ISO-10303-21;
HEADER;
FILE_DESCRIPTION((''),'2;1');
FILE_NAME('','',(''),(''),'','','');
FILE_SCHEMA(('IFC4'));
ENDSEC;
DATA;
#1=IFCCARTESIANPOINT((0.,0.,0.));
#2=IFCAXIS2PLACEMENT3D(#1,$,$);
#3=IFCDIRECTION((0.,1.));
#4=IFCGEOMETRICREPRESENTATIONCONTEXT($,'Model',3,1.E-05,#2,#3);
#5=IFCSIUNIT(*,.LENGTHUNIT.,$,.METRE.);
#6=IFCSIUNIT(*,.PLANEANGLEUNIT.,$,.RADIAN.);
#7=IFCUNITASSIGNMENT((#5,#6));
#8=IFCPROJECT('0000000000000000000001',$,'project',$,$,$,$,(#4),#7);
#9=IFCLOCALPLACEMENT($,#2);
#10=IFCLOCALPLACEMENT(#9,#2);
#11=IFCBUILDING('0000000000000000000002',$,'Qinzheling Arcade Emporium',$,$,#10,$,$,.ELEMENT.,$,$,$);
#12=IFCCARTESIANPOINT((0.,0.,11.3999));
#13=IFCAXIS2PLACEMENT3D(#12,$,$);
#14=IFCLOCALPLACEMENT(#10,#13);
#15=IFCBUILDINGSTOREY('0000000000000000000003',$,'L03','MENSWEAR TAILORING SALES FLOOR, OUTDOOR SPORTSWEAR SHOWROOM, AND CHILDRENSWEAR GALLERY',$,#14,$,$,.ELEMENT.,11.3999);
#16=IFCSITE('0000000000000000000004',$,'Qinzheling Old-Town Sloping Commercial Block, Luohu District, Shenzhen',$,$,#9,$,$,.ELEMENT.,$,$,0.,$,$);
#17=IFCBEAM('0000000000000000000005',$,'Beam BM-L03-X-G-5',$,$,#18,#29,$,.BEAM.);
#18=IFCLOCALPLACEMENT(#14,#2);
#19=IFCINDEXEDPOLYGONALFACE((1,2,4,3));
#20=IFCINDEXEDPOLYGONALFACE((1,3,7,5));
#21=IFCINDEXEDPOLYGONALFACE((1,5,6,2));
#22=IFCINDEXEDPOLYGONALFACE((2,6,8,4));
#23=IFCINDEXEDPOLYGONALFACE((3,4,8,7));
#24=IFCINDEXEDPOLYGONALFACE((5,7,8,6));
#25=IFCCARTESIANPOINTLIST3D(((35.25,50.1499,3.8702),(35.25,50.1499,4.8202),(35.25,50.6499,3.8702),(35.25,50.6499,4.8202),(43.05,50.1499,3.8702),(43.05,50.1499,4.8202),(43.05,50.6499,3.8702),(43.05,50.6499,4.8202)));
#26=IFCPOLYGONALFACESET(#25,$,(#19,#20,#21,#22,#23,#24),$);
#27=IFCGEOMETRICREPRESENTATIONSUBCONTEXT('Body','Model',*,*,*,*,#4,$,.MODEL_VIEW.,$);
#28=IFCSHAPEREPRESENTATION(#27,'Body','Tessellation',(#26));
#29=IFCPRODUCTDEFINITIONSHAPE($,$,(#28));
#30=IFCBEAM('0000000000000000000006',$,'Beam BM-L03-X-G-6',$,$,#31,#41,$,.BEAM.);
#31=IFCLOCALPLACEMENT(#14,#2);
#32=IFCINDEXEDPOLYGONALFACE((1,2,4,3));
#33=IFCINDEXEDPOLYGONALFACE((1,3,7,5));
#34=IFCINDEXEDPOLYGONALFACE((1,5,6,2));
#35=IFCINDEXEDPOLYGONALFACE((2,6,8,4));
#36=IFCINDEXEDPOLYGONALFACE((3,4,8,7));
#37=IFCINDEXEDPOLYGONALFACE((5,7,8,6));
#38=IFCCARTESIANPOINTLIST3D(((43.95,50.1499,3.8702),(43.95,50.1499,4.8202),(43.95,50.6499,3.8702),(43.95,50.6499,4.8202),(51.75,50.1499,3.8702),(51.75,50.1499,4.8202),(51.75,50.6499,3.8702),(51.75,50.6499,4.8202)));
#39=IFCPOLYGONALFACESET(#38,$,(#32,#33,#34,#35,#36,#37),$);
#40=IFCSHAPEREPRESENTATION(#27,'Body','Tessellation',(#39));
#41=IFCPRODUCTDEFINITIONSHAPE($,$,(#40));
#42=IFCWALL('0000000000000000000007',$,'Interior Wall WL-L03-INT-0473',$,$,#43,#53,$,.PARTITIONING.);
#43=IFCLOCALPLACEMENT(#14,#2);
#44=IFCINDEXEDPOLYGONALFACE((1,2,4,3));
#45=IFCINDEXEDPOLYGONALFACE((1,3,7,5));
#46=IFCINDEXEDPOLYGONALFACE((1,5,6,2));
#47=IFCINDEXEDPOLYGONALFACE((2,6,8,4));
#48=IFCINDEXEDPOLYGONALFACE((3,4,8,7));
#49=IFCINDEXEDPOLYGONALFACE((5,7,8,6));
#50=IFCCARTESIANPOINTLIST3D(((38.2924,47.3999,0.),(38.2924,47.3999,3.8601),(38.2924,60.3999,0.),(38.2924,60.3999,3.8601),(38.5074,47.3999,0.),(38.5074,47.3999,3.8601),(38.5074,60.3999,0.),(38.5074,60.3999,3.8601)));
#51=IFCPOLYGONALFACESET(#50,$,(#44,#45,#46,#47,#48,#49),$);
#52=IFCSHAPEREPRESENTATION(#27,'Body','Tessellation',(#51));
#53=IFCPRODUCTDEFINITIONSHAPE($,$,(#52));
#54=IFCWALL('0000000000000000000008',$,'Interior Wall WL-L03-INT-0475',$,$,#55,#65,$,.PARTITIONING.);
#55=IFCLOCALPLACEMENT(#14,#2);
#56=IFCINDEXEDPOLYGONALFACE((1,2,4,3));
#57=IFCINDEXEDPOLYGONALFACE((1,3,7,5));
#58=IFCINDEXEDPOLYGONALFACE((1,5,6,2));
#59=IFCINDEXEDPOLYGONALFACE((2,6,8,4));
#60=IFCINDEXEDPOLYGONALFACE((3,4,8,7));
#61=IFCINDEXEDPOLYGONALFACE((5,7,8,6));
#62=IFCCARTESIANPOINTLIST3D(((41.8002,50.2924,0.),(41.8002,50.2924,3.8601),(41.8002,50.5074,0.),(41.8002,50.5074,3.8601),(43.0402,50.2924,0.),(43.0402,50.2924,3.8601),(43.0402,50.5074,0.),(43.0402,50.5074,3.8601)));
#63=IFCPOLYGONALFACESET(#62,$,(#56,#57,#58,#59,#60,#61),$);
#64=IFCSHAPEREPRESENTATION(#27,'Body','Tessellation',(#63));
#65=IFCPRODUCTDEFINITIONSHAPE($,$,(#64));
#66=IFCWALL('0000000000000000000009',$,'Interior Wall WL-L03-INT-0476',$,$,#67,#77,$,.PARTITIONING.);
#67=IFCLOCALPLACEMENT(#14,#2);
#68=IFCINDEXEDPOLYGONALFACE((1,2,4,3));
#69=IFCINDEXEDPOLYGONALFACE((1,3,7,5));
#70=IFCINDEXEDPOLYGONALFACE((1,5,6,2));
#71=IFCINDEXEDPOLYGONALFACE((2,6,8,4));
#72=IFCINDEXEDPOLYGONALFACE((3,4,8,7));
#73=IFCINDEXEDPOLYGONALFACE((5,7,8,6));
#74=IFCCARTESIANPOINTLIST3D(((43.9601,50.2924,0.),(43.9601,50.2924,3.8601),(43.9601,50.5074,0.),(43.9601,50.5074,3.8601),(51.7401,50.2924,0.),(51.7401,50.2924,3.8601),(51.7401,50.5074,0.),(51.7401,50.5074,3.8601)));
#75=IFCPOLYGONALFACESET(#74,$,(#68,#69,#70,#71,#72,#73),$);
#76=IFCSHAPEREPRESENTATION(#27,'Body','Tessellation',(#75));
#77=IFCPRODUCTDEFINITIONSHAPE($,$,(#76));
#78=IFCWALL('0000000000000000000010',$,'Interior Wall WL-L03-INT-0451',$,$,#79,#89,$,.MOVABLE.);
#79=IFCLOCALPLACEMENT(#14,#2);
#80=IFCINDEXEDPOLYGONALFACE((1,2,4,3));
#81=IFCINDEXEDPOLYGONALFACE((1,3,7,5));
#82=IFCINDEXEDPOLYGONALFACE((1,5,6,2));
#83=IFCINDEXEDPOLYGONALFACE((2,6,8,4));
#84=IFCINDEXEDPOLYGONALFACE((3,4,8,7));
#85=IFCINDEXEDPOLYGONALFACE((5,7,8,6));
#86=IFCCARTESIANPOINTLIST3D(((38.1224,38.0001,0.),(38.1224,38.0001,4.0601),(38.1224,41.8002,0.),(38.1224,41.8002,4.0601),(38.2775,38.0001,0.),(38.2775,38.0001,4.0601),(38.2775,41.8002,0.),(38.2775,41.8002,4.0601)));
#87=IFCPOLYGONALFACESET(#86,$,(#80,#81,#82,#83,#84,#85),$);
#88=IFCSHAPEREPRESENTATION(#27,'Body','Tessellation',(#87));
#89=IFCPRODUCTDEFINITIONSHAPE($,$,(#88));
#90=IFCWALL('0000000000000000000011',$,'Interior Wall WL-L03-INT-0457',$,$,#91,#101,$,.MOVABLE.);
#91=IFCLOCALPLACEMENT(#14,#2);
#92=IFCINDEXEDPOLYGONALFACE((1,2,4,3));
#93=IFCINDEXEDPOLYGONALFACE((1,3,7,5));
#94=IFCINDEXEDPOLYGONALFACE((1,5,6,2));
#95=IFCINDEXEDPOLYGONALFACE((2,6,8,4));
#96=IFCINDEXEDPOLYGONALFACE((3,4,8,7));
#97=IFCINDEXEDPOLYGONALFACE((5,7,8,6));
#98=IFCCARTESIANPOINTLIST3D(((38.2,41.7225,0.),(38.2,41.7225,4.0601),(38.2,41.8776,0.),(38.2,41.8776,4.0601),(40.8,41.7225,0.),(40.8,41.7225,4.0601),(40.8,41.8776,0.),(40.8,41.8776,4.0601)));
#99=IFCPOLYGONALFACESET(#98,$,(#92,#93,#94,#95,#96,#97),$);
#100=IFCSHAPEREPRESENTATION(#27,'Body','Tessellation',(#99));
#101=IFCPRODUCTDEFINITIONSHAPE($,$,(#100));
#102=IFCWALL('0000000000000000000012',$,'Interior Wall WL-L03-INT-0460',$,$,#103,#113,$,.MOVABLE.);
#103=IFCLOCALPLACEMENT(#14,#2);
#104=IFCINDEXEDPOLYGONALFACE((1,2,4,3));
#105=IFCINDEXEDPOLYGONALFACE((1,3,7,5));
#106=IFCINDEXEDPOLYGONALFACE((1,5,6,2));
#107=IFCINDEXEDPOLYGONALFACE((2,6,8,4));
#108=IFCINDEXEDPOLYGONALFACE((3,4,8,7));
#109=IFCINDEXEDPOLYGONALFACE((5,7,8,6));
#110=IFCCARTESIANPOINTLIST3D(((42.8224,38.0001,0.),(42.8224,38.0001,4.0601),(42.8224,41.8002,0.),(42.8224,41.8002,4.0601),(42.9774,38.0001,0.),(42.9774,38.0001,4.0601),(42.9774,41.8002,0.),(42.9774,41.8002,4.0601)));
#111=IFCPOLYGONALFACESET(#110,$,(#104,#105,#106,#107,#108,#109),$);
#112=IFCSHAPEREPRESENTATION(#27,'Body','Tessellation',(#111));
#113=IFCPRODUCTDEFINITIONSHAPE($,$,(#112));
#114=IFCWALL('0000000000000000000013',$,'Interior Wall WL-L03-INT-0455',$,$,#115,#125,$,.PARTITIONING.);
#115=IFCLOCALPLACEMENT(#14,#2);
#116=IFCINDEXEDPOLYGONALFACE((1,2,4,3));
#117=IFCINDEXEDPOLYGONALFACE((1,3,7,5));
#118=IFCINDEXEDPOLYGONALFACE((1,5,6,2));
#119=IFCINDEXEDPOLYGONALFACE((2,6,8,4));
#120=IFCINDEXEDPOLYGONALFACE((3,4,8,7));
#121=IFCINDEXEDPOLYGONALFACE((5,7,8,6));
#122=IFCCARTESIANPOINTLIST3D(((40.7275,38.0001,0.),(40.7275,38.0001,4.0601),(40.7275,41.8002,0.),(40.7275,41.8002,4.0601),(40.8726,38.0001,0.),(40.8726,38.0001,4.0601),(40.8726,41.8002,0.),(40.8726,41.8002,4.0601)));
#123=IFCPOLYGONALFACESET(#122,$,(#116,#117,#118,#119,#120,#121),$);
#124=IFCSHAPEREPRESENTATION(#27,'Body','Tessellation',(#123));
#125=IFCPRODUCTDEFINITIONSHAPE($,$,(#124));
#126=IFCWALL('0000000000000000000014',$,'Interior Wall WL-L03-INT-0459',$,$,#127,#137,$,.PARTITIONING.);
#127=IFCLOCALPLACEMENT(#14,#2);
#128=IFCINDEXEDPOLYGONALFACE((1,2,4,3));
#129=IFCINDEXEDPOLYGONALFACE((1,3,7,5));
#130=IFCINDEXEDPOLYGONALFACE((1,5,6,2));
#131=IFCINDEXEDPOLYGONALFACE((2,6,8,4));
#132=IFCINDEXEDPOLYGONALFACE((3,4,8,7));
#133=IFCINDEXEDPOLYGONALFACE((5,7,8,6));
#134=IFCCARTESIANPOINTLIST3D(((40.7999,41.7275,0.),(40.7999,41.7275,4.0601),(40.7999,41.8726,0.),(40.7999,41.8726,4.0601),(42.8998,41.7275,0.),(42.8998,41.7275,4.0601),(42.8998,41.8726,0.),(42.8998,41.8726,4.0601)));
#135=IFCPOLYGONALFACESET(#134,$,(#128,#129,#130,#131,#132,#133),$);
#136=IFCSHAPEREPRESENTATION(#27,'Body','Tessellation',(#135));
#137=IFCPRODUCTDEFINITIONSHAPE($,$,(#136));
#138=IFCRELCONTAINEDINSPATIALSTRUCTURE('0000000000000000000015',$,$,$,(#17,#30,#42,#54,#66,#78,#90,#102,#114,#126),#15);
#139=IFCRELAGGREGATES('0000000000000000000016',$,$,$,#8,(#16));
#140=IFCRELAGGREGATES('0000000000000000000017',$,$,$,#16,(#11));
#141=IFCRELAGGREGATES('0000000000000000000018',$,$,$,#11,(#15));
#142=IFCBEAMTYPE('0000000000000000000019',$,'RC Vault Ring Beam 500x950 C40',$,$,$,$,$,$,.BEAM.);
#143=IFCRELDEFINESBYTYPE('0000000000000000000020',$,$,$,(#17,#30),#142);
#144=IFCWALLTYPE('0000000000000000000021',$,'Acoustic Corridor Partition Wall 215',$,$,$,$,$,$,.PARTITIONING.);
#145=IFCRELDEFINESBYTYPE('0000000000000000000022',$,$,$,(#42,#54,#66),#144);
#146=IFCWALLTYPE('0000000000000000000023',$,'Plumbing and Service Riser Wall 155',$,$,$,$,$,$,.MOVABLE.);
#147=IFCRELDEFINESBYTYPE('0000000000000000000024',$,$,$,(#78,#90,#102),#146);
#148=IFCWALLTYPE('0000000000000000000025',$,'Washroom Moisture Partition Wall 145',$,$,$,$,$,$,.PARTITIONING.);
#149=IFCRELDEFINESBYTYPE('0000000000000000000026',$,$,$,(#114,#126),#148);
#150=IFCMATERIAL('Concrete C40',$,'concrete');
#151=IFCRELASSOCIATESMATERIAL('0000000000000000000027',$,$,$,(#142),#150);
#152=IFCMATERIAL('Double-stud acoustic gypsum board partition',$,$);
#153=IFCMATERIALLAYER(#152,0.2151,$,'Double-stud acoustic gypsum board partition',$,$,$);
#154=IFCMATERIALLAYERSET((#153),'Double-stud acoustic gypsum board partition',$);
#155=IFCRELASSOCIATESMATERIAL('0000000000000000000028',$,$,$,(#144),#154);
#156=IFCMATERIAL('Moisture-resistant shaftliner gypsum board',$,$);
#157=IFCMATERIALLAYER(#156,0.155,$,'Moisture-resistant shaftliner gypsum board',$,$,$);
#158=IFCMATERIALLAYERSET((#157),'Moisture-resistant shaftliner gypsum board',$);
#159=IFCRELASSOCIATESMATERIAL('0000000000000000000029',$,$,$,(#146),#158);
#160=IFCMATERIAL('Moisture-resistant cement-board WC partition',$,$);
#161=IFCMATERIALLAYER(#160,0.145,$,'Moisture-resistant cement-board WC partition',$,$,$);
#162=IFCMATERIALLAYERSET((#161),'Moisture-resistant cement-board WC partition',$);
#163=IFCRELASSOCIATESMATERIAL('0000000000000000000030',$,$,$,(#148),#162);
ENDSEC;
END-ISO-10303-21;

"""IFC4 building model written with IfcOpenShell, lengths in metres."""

from ifc_helpers import new_model, si_unit, direction, frame, frame_2d, origin, origin_2d, place, context, subcontext, project, spatial, rectangle, extrude, material, layer, layer_set, material_profile, profile_set, type_object, element, save


model = new_model("IFC4")

# Units and contexts
model_context = context("Model", 3, precision=1e-05, world=origin(), true_north=direction((0.0, 1.0)))
body_context = subcontext(model_context, "Body", "Model", "MODEL_VIEW")
ifc_project = project(units=[si_unit("LENGTHUNIT", "METRE"), si_unit("PLANEANGLEUNIT", "RADIAN")], contexts=[model_context])

# Site, building, storey
site_placement = place(None, origin())
site = spatial("IfcSite", under=ifc_project, at=site_placement, Name="Qinzheling Old-Town Sloping Commercial Block, Luohu District, Shenzhen", CompositionType="ELEMENT", RefElevation=0.0)
building_placement = place(site_placement, origin())
building = spatial("IfcBuilding", under=site, at=building_placement, Name="Qinzheling Arcade Emporium", CompositionType="ELEMENT")
storey_placement = place(building_placement, frame((0.0, 0.0, 11.3999)))
storey = spatial("IfcBuildingStorey", under=building, at=storey_placement, Name="L03", Description="MENSWEAR TAILORING SALES FLOOR, OUTDOOR SPORTSWEAR SHOWROOM, AND CHILDRENSWEAR GALLERY", CompositionType="ELEMENT", Elevation=11.3999)

# Beams
ifc_material_1 = material(Name="Concrete C40", Category="concrete")
ifc_material_profile_1 = material_profile(ifc_material_1, rectangle(XDim=0.5, YDim=0.95, at=origin_2d()), Name="RC 500x950", Category="concrete")
ifc_profile_set_1 = profile_set([ifc_material_profile_1], Name="Concrete C40")
beam_type_1 = type_object("IfcBeamType", Name="RC Vault Ring Beam 500x950 C40", PredefinedType="BEAM", material=ifc_profile_set_1)
for number, where, z_axis, x_axis, name in (
    (1, (35.25, 50.3999, 4.3452), (1.0, 0.0, 0.0), (0.0, 1.0, 0.0), "Beam BM-L03-X-G-5"),
    (2, (43.95, 50.3999, 4.3452), (1.0, 0.0, 0.0), (0.0, 1.0, 0.0), "Beam BM-L03-X-G-6"),
):
    element("IfcBeam", number, at=place(storey_placement, frame(where, z_axis=z_axis, x_axis=x_axis)), inside=storey, type_object=beam_type_1, Name=name, PredefinedType="BEAM", context=body_context, shape_type="SweptSolid", body=[
        extrude(rectangle(XDim=0.5, YDim=0.95, at=origin_2d()), origin(), (0.0, 0.0, 1.0), 7.8),
    ])

# Walls
ifc_material_2 = material(Name="Double-stud acoustic gypsum board partition")
ifc_layer_1 = layer(ifc_material_2, 0.2151, Name="Double-stud acoustic gypsum board partition")
ifc_layer_set_1 = layer_set([ifc_layer_1], Name="Double-stud acoustic gypsum board partition")
wall_type_1 = type_object("IfcWallType", Name="Acoustic Corridor Partition Wall 215", PredefinedType="PARTITIONING", material=ifc_layer_set_1)
wall_1_placement = place(storey_placement, frame((38.3999, 47.3999, 0.0), z_axis=(0.0, 0.0, 1.0), x_axis=(0.0, 1.0, 0.0)))
element("IfcWall", 3, at=wall_1_placement, inside=storey, type_object=wall_type_1, Name="Interior Wall WL-L03-INT-0473", PredefinedType="PARTITIONING", context=body_context, shape_type="SweptSolid", body=[
    extrude(rectangle(XDim=13.0, YDim=0.2151, at=frame_2d((6.5, 0.0))), origin(), (0.0, 0.0, 1.0), 3.8601),
])
wall_2_placement = place(storey_placement, frame((41.8, 50.3999, 0.0), z_axis=(0.0, 0.0, 1.0), x_axis=(1.0, 0.0, 0.0)))
element("IfcWall", 4, at=wall_2_placement, inside=storey, type_object=wall_type_1, Name="Interior Wall WL-L03-INT-0475", PredefinedType="PARTITIONING", context=body_context, shape_type="SweptSolid", body=[
    extrude(rectangle(XDim=1.24, YDim=0.2151, at=frame_2d((0.6201, 0.0))), origin(), (0.0, 0.0, 1.0), 3.8601),
])
wall_3_placement = place(storey_placement, frame((43.96, 50.3999, 0.0), z_axis=(0.0, 0.0, 1.0), x_axis=(1.0, 0.0, 0.0)))
element("IfcWall", 5, at=wall_3_placement, inside=storey, type_object=wall_type_1, Name="Interior Wall WL-L03-INT-0476", PredefinedType="PARTITIONING", context=body_context, shape_type="SweptSolid", body=[
    extrude(rectangle(XDim=7.78, YDim=0.2151, at=frame_2d((3.8901, 0.0))), origin(), (0.0, 0.0, 1.0), 3.8601),
])
ifc_material_3 = material(Name="Moisture-resistant shaftliner gypsum board")
ifc_layer_2 = layer(ifc_material_3, 0.155, Name="Moisture-resistant shaftliner gypsum board")
ifc_layer_set_2 = layer_set([ifc_layer_2], Name="Moisture-resistant shaftliner gypsum board")
wall_type_2 = type_object("IfcWallType", Name="Plumbing and Service Riser Wall 155", PredefinedType="MOVABLE", material=ifc_layer_set_2)
wall_4_placement = place(storey_placement, frame((38.2, 41.8, 0.0), z_axis=(0.0, 0.0, 1.0), x_axis=(0.0, -1.0, 0.0)))
element("IfcWall", 6, at=wall_4_placement, inside=storey, type_object=wall_type_2, Name="Interior Wall WL-L03-INT-0451", PredefinedType="MOVABLE", context=body_context, shape_type="SweptSolid", body=[
    extrude(rectangle(XDim=3.8, YDim=0.155, at=frame_2d((1.8999, 0.0))), origin(), (0.0, 0.0, 1.0), 4.0601),
])
wall_5_placement = place(storey_placement, frame((38.2, 41.8, 0.0), z_axis=(0.0, 0.0, 1.0), x_axis=(1.0, 0.0, 0.0)))
element("IfcWall", 7, at=wall_5_placement, inside=storey, type_object=wall_type_2, Name="Interior Wall WL-L03-INT-0457", PredefinedType="MOVABLE", context=body_context, shape_type="SweptSolid", body=[
    extrude(rectangle(XDim=2.6001, YDim=0.155, at=frame_2d((1.3, 0.0))), origin(), (0.0, 0.0, 1.0), 4.0601),
])
wall_6_placement = place(storey_placement, frame((42.8999, 41.8, 0.0), z_axis=(0.0, 0.0, 1.0), x_axis=(0.0, -1.0, 0.0)))
element("IfcWall", 8, at=wall_6_placement, inside=storey, type_object=wall_type_2, Name="Interior Wall WL-L03-INT-0460", PredefinedType="MOVABLE", context=body_context, shape_type="SweptSolid", body=[
    extrude(rectangle(XDim=3.8, YDim=0.155, at=frame_2d((1.8999, 0.0))), origin(), (0.0, 0.0, 1.0), 4.0601),
])
ifc_material_4 = material(Name="Moisture-resistant cement-board WC partition")
ifc_layer_3 = layer(ifc_material_4, 0.145, Name="Moisture-resistant cement-board WC partition")
ifc_layer_set_3 = layer_set([ifc_layer_3], Name="Moisture-resistant cement-board WC partition")
wall_type_3 = type_object("IfcWallType", Name="Washroom Moisture Partition Wall 145", PredefinedType="PARTITIONING", material=ifc_layer_set_3)
wall_7_placement = place(storey_placement, frame((40.8, 41.8, 0.0), z_axis=(0.0, 0.0, 1.0), x_axis=(0.0, -1.0, 0.0)))
element("IfcWall", 9, at=wall_7_placement, inside=storey, type_object=wall_type_3, Name="Interior Wall WL-L03-INT-0455", PredefinedType="PARTITIONING", context=body_context, shape_type="SweptSolid", body=[
    extrude(rectangle(XDim=3.8, YDim=0.145, at=frame_2d((1.8999, 0.0))), origin(), (0.0, 0.0, 1.0), 4.0601),
])
wall_8_placement = place(storey_placement, frame((40.8, 41.8, 0.0), z_axis=(0.0, 0.0, 1.0), x_axis=(1.0, 0.0, 0.0)))
element("IfcWall", 10, at=wall_8_placement, inside=storey, type_object=wall_type_3, Name="Interior Wall WL-L03-INT-0459", PredefinedType="PARTITIONING", context=body_context, shape_type="SweptSolid", body=[
    extrude(rectangle(XDim=2.0999, YDim=0.145, at=frame_2d((1.0498, 0.0))), origin(), (0.0, 0.0, 1.0), 4.0601),
])

save(model, "model.ifc")
